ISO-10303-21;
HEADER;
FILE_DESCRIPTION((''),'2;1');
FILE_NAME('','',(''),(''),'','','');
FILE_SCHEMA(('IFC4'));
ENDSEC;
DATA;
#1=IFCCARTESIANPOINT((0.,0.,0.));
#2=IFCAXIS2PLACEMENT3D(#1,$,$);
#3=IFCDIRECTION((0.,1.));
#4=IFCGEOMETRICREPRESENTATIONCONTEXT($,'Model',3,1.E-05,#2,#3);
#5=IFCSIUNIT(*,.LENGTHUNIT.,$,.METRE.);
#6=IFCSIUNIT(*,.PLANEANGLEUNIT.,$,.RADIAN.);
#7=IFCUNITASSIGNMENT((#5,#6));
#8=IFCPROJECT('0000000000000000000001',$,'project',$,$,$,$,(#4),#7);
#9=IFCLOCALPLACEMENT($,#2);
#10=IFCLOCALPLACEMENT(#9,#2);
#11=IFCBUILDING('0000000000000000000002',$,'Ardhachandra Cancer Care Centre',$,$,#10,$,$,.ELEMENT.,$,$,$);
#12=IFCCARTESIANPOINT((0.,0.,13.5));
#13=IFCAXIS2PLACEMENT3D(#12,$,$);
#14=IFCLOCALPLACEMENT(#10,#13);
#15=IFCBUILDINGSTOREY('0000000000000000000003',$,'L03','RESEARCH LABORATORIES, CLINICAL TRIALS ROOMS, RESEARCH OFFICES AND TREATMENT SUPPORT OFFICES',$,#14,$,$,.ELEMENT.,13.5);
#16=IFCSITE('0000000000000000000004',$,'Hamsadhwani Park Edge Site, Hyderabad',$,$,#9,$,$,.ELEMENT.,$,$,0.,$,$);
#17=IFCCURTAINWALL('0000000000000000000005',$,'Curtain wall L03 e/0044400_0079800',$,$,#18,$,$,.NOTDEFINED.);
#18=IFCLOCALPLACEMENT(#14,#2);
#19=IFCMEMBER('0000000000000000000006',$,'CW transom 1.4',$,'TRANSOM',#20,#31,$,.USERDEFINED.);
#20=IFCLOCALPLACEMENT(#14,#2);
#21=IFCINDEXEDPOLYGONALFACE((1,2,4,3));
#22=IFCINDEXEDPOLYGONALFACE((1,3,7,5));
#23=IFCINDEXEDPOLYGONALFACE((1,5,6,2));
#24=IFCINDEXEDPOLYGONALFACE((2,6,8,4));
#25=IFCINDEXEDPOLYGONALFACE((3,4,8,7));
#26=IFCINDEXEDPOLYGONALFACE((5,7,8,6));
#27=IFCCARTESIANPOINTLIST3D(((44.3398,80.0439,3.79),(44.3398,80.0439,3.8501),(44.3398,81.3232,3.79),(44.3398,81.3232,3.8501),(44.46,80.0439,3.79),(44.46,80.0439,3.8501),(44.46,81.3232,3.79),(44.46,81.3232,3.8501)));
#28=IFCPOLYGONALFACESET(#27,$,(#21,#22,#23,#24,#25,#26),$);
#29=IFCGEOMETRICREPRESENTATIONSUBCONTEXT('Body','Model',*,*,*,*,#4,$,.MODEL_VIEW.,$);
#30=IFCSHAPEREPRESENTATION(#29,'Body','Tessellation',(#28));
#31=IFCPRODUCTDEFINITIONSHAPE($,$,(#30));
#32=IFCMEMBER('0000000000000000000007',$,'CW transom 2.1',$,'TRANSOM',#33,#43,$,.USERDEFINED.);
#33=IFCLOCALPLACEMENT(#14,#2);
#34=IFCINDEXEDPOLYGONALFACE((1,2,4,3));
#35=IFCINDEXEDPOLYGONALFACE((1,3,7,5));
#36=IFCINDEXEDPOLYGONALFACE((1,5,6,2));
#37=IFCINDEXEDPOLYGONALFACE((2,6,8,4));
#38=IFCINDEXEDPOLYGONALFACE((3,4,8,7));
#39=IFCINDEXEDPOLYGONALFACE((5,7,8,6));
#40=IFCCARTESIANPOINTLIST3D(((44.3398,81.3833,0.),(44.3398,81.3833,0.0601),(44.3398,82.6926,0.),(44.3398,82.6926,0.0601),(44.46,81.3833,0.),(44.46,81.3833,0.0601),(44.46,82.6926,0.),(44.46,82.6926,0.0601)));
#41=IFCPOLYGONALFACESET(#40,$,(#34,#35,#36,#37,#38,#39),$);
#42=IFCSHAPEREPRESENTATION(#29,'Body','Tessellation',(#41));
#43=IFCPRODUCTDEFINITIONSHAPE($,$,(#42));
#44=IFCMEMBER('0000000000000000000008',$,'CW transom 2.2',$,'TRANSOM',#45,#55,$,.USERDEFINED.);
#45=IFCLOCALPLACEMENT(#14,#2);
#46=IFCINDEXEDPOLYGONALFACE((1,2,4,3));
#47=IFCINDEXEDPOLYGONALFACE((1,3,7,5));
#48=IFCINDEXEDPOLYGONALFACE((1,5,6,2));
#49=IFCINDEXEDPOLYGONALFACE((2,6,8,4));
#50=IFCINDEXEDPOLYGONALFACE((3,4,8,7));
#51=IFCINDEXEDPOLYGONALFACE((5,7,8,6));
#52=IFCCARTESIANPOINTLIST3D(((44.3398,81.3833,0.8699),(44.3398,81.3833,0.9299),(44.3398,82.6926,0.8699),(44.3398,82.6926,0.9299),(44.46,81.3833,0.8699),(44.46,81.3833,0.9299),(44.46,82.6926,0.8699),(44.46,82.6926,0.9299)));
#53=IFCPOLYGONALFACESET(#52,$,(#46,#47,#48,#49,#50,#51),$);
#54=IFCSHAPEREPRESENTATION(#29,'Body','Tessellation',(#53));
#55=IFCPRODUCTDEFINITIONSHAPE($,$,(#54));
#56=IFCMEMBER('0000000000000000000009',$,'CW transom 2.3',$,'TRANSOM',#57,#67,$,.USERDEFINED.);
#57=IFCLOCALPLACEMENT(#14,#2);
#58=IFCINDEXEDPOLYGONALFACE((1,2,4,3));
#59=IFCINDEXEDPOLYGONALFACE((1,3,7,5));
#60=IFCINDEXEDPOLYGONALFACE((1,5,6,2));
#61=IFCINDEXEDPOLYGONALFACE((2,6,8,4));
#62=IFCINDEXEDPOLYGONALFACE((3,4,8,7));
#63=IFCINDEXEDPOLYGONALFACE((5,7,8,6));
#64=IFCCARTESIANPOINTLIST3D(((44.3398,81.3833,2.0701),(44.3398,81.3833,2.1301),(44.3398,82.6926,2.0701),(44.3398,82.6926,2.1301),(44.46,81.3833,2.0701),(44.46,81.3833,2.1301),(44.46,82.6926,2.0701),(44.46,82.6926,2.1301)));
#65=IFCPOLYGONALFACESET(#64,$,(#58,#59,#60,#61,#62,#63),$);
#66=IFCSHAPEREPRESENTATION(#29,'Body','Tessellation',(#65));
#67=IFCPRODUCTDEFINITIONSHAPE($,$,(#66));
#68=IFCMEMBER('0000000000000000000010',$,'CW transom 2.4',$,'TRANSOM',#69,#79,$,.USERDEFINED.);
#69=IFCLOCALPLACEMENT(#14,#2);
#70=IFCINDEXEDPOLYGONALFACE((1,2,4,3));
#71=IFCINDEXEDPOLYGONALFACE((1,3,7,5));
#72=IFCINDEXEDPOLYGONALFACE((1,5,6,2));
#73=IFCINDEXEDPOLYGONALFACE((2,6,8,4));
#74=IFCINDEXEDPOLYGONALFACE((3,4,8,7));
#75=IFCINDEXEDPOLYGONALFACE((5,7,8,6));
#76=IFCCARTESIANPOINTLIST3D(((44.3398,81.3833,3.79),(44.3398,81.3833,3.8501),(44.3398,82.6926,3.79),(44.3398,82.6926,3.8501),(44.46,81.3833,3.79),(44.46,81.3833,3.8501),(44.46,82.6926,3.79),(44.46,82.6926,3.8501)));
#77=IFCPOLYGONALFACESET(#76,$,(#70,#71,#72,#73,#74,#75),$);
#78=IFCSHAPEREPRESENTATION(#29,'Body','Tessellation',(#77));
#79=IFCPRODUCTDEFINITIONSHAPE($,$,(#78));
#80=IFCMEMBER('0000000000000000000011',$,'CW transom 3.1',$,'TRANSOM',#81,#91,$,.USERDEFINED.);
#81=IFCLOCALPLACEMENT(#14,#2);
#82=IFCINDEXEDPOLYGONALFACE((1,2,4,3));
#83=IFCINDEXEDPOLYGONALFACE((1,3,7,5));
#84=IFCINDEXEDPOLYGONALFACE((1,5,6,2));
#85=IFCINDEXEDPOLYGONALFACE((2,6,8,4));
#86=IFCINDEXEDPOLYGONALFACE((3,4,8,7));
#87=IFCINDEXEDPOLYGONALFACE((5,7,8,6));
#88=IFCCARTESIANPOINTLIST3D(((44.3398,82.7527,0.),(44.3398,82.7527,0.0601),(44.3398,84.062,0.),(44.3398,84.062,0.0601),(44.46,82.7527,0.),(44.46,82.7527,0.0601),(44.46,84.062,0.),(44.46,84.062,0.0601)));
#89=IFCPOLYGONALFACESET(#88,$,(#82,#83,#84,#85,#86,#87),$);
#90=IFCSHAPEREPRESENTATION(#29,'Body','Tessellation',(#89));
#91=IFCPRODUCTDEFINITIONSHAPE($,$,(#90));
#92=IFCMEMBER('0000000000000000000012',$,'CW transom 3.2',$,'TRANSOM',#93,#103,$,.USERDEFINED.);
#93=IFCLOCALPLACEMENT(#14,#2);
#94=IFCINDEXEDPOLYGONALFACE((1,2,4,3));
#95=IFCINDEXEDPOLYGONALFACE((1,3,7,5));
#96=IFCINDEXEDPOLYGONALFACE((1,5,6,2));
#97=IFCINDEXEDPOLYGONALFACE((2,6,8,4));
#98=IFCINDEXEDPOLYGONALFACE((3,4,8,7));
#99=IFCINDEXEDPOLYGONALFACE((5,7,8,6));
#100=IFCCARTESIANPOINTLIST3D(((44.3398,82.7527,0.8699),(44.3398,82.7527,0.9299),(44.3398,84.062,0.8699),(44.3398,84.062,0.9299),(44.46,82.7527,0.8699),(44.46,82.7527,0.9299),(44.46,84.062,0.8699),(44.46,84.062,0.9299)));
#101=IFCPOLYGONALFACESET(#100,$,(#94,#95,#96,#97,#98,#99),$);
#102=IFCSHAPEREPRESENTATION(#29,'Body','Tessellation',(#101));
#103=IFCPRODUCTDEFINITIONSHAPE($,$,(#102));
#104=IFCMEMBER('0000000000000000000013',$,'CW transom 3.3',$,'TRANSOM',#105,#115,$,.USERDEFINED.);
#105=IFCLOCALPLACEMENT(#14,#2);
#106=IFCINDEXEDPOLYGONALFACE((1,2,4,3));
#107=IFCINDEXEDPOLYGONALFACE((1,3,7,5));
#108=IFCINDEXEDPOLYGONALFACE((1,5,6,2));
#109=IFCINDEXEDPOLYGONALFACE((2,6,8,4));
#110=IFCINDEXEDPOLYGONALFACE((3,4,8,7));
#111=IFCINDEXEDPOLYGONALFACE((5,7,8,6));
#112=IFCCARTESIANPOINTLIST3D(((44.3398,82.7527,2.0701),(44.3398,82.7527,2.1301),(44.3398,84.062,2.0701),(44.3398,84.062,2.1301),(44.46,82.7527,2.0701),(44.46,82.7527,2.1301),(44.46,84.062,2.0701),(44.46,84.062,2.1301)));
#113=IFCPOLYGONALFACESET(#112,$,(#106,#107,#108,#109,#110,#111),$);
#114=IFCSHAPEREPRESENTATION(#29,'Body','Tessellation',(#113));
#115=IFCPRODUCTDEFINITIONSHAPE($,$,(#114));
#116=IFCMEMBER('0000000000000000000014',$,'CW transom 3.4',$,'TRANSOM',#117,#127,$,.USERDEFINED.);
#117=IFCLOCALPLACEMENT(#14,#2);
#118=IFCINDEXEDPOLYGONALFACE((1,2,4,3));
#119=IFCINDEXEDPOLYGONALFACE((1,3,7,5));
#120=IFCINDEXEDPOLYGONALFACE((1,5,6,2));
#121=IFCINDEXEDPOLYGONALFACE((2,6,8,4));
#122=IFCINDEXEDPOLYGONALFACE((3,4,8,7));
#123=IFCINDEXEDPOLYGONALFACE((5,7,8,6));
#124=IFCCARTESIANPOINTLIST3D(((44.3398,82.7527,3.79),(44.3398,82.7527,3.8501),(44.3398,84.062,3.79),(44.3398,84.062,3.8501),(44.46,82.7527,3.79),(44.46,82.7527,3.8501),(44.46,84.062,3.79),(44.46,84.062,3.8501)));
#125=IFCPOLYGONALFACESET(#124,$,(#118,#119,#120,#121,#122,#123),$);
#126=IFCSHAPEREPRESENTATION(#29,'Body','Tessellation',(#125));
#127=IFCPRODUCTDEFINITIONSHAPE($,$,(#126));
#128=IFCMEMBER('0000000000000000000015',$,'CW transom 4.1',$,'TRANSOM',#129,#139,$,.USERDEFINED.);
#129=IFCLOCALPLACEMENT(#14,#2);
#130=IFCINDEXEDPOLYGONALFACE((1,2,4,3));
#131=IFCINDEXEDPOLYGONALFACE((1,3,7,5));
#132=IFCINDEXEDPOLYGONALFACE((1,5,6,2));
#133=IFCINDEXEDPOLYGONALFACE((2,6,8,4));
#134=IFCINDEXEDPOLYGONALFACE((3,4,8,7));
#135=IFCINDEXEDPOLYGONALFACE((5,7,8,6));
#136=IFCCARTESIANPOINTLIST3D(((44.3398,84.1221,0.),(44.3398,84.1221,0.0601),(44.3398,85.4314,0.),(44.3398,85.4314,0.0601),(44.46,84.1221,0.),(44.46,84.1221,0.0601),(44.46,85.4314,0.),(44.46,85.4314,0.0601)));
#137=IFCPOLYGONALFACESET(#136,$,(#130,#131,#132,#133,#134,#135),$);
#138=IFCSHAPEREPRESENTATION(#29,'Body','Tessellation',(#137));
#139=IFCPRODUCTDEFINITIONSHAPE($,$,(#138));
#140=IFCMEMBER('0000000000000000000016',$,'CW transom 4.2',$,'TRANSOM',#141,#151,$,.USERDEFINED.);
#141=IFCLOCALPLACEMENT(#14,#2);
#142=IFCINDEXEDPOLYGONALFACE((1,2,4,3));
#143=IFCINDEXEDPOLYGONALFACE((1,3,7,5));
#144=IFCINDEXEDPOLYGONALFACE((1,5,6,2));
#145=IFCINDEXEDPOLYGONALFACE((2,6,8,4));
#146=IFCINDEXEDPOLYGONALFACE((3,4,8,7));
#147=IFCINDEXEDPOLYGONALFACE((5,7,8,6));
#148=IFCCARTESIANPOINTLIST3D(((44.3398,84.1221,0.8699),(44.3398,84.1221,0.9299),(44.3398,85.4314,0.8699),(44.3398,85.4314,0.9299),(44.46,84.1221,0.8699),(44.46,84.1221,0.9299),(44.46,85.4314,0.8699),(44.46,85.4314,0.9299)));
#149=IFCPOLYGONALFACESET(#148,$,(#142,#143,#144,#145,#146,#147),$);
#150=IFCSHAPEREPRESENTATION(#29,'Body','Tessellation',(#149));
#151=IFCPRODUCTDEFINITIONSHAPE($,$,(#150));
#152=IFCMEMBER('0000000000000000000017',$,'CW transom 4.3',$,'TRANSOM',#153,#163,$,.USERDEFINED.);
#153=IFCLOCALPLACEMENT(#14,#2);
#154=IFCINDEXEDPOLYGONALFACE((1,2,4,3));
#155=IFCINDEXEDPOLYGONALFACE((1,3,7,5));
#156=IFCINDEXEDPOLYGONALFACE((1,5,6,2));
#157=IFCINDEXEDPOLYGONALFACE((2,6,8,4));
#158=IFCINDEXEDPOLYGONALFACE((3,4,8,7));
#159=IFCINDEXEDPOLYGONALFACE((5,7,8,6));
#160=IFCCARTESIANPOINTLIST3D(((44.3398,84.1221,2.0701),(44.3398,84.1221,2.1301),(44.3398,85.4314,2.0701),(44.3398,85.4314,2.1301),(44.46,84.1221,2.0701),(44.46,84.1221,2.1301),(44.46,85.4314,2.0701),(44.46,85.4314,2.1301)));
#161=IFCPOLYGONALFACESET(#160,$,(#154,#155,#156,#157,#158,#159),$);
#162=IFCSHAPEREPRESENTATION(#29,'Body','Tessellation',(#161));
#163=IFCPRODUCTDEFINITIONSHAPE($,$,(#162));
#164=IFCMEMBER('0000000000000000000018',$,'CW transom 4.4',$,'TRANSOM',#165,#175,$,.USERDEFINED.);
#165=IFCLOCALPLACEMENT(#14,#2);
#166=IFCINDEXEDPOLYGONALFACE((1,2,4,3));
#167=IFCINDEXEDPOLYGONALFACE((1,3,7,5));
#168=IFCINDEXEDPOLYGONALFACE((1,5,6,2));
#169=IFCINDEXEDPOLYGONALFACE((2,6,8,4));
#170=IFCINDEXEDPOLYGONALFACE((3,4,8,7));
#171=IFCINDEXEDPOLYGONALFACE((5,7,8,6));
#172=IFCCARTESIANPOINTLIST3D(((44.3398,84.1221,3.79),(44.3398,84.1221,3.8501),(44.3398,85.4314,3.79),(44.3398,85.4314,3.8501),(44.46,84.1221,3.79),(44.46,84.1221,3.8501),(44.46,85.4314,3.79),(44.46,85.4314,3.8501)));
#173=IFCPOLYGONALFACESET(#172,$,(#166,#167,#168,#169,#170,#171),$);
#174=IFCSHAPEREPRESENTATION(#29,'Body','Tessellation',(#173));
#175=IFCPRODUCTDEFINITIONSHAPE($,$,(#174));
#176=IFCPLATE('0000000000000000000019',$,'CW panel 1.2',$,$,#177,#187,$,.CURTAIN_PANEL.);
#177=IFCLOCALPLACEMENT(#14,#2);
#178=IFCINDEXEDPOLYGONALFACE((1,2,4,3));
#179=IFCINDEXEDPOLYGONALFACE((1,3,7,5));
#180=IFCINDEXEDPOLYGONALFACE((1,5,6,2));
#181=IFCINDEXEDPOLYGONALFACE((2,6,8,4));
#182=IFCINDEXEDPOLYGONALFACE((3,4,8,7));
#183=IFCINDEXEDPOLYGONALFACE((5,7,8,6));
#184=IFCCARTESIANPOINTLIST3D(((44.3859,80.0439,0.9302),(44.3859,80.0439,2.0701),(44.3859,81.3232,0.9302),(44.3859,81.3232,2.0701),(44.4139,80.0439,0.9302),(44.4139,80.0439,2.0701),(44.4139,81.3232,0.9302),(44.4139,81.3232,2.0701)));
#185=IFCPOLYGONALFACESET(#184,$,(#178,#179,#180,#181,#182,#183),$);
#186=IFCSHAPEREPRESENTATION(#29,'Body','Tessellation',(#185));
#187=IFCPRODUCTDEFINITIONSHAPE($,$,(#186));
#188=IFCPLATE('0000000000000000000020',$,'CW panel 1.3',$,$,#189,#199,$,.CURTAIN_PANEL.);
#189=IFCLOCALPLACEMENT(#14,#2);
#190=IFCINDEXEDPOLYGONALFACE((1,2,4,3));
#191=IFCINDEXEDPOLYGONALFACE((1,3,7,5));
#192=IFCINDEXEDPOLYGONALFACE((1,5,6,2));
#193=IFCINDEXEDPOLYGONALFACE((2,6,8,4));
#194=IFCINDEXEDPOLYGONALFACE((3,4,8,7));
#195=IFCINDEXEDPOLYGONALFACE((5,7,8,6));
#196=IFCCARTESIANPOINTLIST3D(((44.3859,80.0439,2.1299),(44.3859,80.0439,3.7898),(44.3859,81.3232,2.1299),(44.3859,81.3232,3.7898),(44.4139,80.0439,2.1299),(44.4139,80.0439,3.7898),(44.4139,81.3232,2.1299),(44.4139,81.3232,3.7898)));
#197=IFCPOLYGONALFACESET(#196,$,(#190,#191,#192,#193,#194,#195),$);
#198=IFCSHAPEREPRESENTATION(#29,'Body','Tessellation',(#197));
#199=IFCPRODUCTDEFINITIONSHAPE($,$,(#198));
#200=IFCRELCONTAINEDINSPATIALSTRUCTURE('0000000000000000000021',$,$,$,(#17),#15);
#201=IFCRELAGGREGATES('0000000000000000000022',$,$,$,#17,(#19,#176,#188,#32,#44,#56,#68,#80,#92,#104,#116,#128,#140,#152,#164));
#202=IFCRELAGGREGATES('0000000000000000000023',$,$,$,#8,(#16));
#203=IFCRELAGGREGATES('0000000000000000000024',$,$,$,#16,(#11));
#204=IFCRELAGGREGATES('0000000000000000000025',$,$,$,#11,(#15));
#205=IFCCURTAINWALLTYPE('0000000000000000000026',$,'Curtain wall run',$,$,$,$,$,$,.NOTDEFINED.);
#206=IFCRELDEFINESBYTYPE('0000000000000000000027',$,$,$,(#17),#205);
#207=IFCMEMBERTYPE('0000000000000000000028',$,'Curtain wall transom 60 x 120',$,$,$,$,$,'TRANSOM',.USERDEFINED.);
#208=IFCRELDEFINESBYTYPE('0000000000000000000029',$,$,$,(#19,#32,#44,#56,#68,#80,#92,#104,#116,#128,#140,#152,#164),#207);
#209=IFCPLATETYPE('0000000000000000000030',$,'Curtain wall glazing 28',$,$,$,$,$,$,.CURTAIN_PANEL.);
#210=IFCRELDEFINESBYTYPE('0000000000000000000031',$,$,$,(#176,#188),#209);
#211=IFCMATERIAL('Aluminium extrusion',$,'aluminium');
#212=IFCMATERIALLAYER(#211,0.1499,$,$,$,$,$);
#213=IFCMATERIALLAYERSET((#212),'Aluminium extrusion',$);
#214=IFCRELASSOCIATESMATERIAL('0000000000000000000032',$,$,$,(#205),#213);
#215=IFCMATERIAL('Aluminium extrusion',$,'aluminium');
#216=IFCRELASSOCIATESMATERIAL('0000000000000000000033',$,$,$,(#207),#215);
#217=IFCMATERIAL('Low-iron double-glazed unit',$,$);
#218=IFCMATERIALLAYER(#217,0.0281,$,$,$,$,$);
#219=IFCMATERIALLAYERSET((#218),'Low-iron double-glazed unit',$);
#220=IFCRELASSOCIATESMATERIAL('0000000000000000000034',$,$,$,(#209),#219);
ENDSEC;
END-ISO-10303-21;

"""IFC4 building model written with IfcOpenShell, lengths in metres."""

from ifc_helpers import new_model, si_unit, direction, frame, origin, origin_2d, place, context, subcontext, project, spatial, rectangle, extrude, material, layer, layer_set, material_profile, profile_set, type_object, element, aggregate, save


model = new_model("IFC4")

# Units and contexts
model_context = context("Model", 3, precision=1e-05, world=origin(), true_north=direction((0.0, 1.0)))
body_context = subcontext(model_context, "Body", "Model", "MODEL_VIEW")
ifc_project = project(units=[si_unit("LENGTHUNIT", "METRE"), si_unit("PLANEANGLEUNIT", "RADIAN")], contexts=[model_context])

# Site, building, storey
site_placement = place(None, origin())
site = spatial("IfcSite", under=ifc_project, at=site_placement, Name="Hamsadhwani Park Edge Site, Hyderabad", CompositionType="ELEMENT", RefElevation=0.0)
building_placement = place(site_placement, origin())
building = spatial("IfcBuilding", under=site, at=building_placement, Name="Ardhachandra Cancer Care Centre", CompositionType="ELEMENT")
storey_placement = place(building_placement, frame((0.0, 0.0, 13.5)))
storey = spatial("IfcBuildingStorey", under=building, at=storey_placement, Name="L03", Description="RESEARCH LABORATORIES, CLINICAL TRIALS ROOMS, RESEARCH OFFICES AND TREATMENT SUPPORT OFFICES", CompositionType="ELEMENT", Elevation=13.5)

# Curtain wall, members, plates
ifc_material_1 = material(Name="Aluminium extrusion", Category="aluminium")
ifc_layer_1 = layer(ifc_material_1, 0.1499)
ifc_layer_set_1 = layer_set([ifc_layer_1], Name="Aluminium extrusion")
curtain_wall_type = type_object("IfcCurtainWallType", Name="Curtain wall run", PredefinedType="NOTDEFINED", material=ifc_layer_set_1)
curtain_wall_placement = place(storey_placement, origin())
curtain_wall = element("IfcCurtainWall", 1, at=curtain_wall_placement, inside=storey, type_object=curtain_wall_type, Name="Curtain wall L03 e/0044400_0079800", PredefinedType="NOTDEFINED")
ifc_material_2 = material(Name="Aluminium extrusion", Category="aluminium")
ifc_material_profile_1 = material_profile(ifc_material_2, rectangle(XDim=0.1201, YDim=0.0601, at=origin_2d()), Name="Curtain wall transom 60 x 120")
ifc_profile_set_1 = profile_set([ifc_material_profile_1], Name="Aluminium extrusion")
member_type_1 = type_object("IfcMemberType", Name="Curtain wall transom 60 x 120", ElementType="TRANSOM", PredefinedType="USERDEFINED", material=ifc_profile_set_1)
member_1_placement = place(storey_placement, frame((44.3999, 80.0439, 3.8201), z_axis=(0.0, 1.0, 0.0), x_axis=(-1.0, 0.0, 0.0)))
member_1 = element("IfcMember", 2, at=member_1_placement, type_object=member_type_1, Name="CW transom 1.4", ObjectType="TRANSOM", PredefinedType="USERDEFINED", context=body_context, shape_type="SweptSolid", body=[
    extrude(rectangle(XDim=0.1201, YDim=0.0601, at=origin_2d()), origin(), (0.0, 0.0, 1.0), 1.2793),
])
member_2_placement = place(storey_placement, frame((44.3999, 81.3833, 0.03), z_axis=(0.0, 1.0, 0.0), x_axis=(-1.0, 0.0, 0.0)))
member_2 = element("IfcMember", 3, at=member_2_placement, type_object=member_type_1, Name="CW transom 2.1", ObjectType="TRANSOM", PredefinedType="USERDEFINED", context=body_context, shape_type="SweptSolid", body=[
    extrude(rectangle(XDim=0.1201, YDim=0.0601, at=origin_2d()), origin(), (0.0, 0.0, 1.0), 1.3093),
])
member_3_placement = place(storey_placement, frame((44.3999, 81.3833, 0.8999), z_axis=(0.0, 1.0, 0.0), x_axis=(-1.0, 0.0, 0.0)))
member_3 = element("IfcMember", 4, at=member_3_placement, type_object=member_type_1, Name="CW transom 2.2", ObjectType="TRANSOM", PredefinedType="USERDEFINED", context=body_context, shape_type="SweptSolid", body=[
    extrude(rectangle(XDim=0.1201, YDim=0.0601, at=origin_2d()), origin(), (0.0, 0.0, 1.0), 1.3093),
])
member_4_placement = place(storey_placement, frame((44.3999, 81.3833, 2.1001), z_axis=(0.0, 1.0, 0.0), x_axis=(-1.0, 0.0, 0.0)))
member_4 = element("IfcMember", 5, at=member_4_placement, type_object=member_type_1, Name="CW transom 2.3", ObjectType="TRANSOM", PredefinedType="USERDEFINED", context=body_context, shape_type="SweptSolid", body=[
    extrude(rectangle(XDim=0.1201, YDim=0.0601, at=origin_2d()), origin(), (0.0, 0.0, 1.0), 1.3093),
])
member_5_placement = place(storey_placement, frame((44.3999, 81.3833, 3.8201), z_axis=(0.0, 1.0, 0.0), x_axis=(-1.0, 0.0, 0.0)))
member_5 = element("IfcMember", 6, at=member_5_placement, type_object=member_type_1, Name="CW transom 2.4", ObjectType="TRANSOM", PredefinedType="USERDEFINED", context=body_context, shape_type="SweptSolid", body=[
    extrude(rectangle(XDim=0.1201, YDim=0.0601, at=origin_2d()), origin(), (0.0, 0.0, 1.0), 1.3093),
])
member_6_placement = place(storey_placement, frame((44.3999, 82.7527, 0.03), z_axis=(0.0, 1.0, 0.0), x_axis=(-1.0, 0.0, 0.0)))
member_6 = element("IfcMember", 7, at=member_6_placement, type_object=member_type_1, Name="CW transom 3.1", ObjectType="TRANSOM", PredefinedType="USERDEFINED", context=body_context, shape_type="SweptSolid", body=[
    extrude(rectangle(XDim=0.1201, YDim=0.0601, at=origin_2d()), origin(), (0.0, 0.0, 1.0), 1.3093),
])
member_7_placement = place(storey_placement, frame((44.3999, 82.7527, 0.8999), z_axis=(0.0, 1.0, 0.0), x_axis=(-1.0, 0.0, 0.0)))
member_7 = element("IfcMember", 8, at=member_7_placement, type_object=member_type_1, Name="CW transom 3.2", ObjectType="TRANSOM", PredefinedType="USERDEFINED", context=body_context, shape_type="SweptSolid", body=[
    extrude(rectangle(XDim=0.1201, YDim=0.0601, at=origin_2d()), origin(), (0.0, 0.0, 1.0), 1.3093),
])
member_8_placement = place(storey_placement, frame((44.3999, 82.7527, 2.1001), z_axis=(0.0, 1.0, 0.0), x_axis=(-1.0, 0.0, 0.0)))
member_8 = element("IfcMember", 9, at=member_8_placement, type_object=member_type_1, Name="CW transom 3.3", ObjectType="TRANSOM", PredefinedType="USERDEFINED", context=body_context, shape_type="SweptSolid", body=[
    extrude(rectangle(XDim=0.1201, YDim=0.0601, at=origin_2d()), origin(), (0.0, 0.0, 1.0), 1.3093),
])
member_9_placement = place(storey_placement, frame((44.3999, 82.7527, 3.8201), z_axis=(0.0, 1.0, 0.0), x_axis=(-1.0, 0.0, 0.0)))
member_9 = element("IfcMember", 10, at=member_9_placement, type_object=member_type_1, Name="CW transom 3.4", ObjectType="TRANSOM", PredefinedType="USERDEFINED", context=body_context, shape_type="SweptSolid", body=[
    extrude(rectangle(XDim=0.1201, YDim=0.0601, at=origin_2d()), origin(), (0.0, 0.0, 1.0), 1.3093),
])
member_10_placement = place(storey_placement, frame((44.3999, 84.1221, 0.03), z_axis=(0.0, 1.0, 0.0), x_axis=(-1.0, 0.0, 0.0)))
member_10 = element("IfcMember", 11, at=member_10_placement, type_object=member_type_1, Name="CW transom 4.1", ObjectType="TRANSOM", PredefinedType="USERDEFINED", context=body_context, shape_type="SweptSolid", body=[
    extrude(rectangle(XDim=0.1201, YDim=0.0601, at=origin_2d()), origin(), (0.0, 0.0, 1.0), 1.3093),
])
member_11_placement = place(storey_placement, frame((44.3999, 84.1221, 0.8999), z_axis=(0.0, 1.0, 0.0), x_axis=(-1.0, 0.0, 0.0)))
member_11 = element("IfcMember", 12, at=member_11_placement, type_object=member_type_1, Name="CW transom 4.2", ObjectType="TRANSOM", PredefinedType="USERDEFINED", context=body_context, shape_type="SweptSolid", body=[
    extrude(rectangle(XDim=0.1201, YDim=0.0601, at=origin_2d()), origin(), (0.0, 0.0, 1.0), 1.3093),
])
member_12_placement = place(storey_placement, frame((44.3999, 84.1221, 2.1001), z_axis=(0.0, 1.0, 0.0), x_axis=(-1.0, 0.0, 0.0)))
member_12 = element("IfcMember", 13, at=member_12_placement, type_object=member_type_1, Name="CW transom 4.3", ObjectType="TRANSOM", PredefinedType="USERDEFINED", context=body_context, shape_type="SweptSolid", body=[
    extrude(rectangle(XDim=0.1201, YDim=0.0601, at=origin_2d()), origin(), (0.0, 0.0, 1.0), 1.3093),
])
member_13_placement = place(storey_placement, frame((44.3999, 84.1221, 3.8201), z_axis=(0.0, 1.0, 0.0), x_axis=(-1.0, 0.0, 0.0)))
member_13 = element("IfcMember", 14, at=member_13_placement, type_object=member_type_1, Name="CW transom 4.4", ObjectType="TRANSOM", PredefinedType="USERDEFINED", context=body_context, shape_type="SweptSolid", body=[
    extrude(rectangle(XDim=0.1201, YDim=0.0601, at=origin_2d()), origin(), (0.0, 0.0, 1.0), 1.3093),
])
ifc_material_3 = material(Name="Low-iron double-glazed unit")
ifc_layer_2 = layer(ifc_material_3, 0.0281)
ifc_layer_set_2 = layer_set([ifc_layer_2], Name="Low-iron double-glazed unit")
plate_type_1 = type_object("IfcPlateType", Name="Curtain wall glazing 28", PredefinedType="CURTAIN_PANEL", material=ifc_layer_set_2)
plate_1_placement = place(storey_placement, frame((44.3999, 80.6836, 0.9302), z_axis=(0.0, 0.0, 1.0), x_axis=(0.0, 1.0, 0.0)))
plate_1 = element("IfcPlate", 15, at=plate_1_placement, type_object=plate_type_1, Name="CW panel 1.2", PredefinedType="CURTAIN_PANEL", context=body_context, shape_type="SweptSolid", body=[
    extrude(rectangle(XDim=1.2793, YDim=0.0281, at=origin_2d()), origin(), (0.0, 0.0, 1.0), 1.1399),
])
plate_2_placement = place(storey_placement, frame((44.3999, 80.6836, 2.1299), z_axis=(0.0, 0.0, 1.0), x_axis=(0.0, 1.0, 0.0)))
plate_2 = element("IfcPlate", 16, at=plate_2_placement, type_object=plate_type_1, Name="CW panel 1.3", PredefinedType="CURTAIN_PANEL", context=body_context, shape_type="SweptSolid", body=[
    extrude(rectangle(XDim=1.2793, YDim=0.0281, at=origin_2d()), origin(), (0.0, 0.0, 1.0), 1.6599),
])
aggregate(curtain_wall, [member_1, plate_1, plate_2, member_2, member_3, member_4, member_5, member_6, member_7, member_8, member_9, member_10, member_11, member_12, member_13])

save(model, "model.ifc")
